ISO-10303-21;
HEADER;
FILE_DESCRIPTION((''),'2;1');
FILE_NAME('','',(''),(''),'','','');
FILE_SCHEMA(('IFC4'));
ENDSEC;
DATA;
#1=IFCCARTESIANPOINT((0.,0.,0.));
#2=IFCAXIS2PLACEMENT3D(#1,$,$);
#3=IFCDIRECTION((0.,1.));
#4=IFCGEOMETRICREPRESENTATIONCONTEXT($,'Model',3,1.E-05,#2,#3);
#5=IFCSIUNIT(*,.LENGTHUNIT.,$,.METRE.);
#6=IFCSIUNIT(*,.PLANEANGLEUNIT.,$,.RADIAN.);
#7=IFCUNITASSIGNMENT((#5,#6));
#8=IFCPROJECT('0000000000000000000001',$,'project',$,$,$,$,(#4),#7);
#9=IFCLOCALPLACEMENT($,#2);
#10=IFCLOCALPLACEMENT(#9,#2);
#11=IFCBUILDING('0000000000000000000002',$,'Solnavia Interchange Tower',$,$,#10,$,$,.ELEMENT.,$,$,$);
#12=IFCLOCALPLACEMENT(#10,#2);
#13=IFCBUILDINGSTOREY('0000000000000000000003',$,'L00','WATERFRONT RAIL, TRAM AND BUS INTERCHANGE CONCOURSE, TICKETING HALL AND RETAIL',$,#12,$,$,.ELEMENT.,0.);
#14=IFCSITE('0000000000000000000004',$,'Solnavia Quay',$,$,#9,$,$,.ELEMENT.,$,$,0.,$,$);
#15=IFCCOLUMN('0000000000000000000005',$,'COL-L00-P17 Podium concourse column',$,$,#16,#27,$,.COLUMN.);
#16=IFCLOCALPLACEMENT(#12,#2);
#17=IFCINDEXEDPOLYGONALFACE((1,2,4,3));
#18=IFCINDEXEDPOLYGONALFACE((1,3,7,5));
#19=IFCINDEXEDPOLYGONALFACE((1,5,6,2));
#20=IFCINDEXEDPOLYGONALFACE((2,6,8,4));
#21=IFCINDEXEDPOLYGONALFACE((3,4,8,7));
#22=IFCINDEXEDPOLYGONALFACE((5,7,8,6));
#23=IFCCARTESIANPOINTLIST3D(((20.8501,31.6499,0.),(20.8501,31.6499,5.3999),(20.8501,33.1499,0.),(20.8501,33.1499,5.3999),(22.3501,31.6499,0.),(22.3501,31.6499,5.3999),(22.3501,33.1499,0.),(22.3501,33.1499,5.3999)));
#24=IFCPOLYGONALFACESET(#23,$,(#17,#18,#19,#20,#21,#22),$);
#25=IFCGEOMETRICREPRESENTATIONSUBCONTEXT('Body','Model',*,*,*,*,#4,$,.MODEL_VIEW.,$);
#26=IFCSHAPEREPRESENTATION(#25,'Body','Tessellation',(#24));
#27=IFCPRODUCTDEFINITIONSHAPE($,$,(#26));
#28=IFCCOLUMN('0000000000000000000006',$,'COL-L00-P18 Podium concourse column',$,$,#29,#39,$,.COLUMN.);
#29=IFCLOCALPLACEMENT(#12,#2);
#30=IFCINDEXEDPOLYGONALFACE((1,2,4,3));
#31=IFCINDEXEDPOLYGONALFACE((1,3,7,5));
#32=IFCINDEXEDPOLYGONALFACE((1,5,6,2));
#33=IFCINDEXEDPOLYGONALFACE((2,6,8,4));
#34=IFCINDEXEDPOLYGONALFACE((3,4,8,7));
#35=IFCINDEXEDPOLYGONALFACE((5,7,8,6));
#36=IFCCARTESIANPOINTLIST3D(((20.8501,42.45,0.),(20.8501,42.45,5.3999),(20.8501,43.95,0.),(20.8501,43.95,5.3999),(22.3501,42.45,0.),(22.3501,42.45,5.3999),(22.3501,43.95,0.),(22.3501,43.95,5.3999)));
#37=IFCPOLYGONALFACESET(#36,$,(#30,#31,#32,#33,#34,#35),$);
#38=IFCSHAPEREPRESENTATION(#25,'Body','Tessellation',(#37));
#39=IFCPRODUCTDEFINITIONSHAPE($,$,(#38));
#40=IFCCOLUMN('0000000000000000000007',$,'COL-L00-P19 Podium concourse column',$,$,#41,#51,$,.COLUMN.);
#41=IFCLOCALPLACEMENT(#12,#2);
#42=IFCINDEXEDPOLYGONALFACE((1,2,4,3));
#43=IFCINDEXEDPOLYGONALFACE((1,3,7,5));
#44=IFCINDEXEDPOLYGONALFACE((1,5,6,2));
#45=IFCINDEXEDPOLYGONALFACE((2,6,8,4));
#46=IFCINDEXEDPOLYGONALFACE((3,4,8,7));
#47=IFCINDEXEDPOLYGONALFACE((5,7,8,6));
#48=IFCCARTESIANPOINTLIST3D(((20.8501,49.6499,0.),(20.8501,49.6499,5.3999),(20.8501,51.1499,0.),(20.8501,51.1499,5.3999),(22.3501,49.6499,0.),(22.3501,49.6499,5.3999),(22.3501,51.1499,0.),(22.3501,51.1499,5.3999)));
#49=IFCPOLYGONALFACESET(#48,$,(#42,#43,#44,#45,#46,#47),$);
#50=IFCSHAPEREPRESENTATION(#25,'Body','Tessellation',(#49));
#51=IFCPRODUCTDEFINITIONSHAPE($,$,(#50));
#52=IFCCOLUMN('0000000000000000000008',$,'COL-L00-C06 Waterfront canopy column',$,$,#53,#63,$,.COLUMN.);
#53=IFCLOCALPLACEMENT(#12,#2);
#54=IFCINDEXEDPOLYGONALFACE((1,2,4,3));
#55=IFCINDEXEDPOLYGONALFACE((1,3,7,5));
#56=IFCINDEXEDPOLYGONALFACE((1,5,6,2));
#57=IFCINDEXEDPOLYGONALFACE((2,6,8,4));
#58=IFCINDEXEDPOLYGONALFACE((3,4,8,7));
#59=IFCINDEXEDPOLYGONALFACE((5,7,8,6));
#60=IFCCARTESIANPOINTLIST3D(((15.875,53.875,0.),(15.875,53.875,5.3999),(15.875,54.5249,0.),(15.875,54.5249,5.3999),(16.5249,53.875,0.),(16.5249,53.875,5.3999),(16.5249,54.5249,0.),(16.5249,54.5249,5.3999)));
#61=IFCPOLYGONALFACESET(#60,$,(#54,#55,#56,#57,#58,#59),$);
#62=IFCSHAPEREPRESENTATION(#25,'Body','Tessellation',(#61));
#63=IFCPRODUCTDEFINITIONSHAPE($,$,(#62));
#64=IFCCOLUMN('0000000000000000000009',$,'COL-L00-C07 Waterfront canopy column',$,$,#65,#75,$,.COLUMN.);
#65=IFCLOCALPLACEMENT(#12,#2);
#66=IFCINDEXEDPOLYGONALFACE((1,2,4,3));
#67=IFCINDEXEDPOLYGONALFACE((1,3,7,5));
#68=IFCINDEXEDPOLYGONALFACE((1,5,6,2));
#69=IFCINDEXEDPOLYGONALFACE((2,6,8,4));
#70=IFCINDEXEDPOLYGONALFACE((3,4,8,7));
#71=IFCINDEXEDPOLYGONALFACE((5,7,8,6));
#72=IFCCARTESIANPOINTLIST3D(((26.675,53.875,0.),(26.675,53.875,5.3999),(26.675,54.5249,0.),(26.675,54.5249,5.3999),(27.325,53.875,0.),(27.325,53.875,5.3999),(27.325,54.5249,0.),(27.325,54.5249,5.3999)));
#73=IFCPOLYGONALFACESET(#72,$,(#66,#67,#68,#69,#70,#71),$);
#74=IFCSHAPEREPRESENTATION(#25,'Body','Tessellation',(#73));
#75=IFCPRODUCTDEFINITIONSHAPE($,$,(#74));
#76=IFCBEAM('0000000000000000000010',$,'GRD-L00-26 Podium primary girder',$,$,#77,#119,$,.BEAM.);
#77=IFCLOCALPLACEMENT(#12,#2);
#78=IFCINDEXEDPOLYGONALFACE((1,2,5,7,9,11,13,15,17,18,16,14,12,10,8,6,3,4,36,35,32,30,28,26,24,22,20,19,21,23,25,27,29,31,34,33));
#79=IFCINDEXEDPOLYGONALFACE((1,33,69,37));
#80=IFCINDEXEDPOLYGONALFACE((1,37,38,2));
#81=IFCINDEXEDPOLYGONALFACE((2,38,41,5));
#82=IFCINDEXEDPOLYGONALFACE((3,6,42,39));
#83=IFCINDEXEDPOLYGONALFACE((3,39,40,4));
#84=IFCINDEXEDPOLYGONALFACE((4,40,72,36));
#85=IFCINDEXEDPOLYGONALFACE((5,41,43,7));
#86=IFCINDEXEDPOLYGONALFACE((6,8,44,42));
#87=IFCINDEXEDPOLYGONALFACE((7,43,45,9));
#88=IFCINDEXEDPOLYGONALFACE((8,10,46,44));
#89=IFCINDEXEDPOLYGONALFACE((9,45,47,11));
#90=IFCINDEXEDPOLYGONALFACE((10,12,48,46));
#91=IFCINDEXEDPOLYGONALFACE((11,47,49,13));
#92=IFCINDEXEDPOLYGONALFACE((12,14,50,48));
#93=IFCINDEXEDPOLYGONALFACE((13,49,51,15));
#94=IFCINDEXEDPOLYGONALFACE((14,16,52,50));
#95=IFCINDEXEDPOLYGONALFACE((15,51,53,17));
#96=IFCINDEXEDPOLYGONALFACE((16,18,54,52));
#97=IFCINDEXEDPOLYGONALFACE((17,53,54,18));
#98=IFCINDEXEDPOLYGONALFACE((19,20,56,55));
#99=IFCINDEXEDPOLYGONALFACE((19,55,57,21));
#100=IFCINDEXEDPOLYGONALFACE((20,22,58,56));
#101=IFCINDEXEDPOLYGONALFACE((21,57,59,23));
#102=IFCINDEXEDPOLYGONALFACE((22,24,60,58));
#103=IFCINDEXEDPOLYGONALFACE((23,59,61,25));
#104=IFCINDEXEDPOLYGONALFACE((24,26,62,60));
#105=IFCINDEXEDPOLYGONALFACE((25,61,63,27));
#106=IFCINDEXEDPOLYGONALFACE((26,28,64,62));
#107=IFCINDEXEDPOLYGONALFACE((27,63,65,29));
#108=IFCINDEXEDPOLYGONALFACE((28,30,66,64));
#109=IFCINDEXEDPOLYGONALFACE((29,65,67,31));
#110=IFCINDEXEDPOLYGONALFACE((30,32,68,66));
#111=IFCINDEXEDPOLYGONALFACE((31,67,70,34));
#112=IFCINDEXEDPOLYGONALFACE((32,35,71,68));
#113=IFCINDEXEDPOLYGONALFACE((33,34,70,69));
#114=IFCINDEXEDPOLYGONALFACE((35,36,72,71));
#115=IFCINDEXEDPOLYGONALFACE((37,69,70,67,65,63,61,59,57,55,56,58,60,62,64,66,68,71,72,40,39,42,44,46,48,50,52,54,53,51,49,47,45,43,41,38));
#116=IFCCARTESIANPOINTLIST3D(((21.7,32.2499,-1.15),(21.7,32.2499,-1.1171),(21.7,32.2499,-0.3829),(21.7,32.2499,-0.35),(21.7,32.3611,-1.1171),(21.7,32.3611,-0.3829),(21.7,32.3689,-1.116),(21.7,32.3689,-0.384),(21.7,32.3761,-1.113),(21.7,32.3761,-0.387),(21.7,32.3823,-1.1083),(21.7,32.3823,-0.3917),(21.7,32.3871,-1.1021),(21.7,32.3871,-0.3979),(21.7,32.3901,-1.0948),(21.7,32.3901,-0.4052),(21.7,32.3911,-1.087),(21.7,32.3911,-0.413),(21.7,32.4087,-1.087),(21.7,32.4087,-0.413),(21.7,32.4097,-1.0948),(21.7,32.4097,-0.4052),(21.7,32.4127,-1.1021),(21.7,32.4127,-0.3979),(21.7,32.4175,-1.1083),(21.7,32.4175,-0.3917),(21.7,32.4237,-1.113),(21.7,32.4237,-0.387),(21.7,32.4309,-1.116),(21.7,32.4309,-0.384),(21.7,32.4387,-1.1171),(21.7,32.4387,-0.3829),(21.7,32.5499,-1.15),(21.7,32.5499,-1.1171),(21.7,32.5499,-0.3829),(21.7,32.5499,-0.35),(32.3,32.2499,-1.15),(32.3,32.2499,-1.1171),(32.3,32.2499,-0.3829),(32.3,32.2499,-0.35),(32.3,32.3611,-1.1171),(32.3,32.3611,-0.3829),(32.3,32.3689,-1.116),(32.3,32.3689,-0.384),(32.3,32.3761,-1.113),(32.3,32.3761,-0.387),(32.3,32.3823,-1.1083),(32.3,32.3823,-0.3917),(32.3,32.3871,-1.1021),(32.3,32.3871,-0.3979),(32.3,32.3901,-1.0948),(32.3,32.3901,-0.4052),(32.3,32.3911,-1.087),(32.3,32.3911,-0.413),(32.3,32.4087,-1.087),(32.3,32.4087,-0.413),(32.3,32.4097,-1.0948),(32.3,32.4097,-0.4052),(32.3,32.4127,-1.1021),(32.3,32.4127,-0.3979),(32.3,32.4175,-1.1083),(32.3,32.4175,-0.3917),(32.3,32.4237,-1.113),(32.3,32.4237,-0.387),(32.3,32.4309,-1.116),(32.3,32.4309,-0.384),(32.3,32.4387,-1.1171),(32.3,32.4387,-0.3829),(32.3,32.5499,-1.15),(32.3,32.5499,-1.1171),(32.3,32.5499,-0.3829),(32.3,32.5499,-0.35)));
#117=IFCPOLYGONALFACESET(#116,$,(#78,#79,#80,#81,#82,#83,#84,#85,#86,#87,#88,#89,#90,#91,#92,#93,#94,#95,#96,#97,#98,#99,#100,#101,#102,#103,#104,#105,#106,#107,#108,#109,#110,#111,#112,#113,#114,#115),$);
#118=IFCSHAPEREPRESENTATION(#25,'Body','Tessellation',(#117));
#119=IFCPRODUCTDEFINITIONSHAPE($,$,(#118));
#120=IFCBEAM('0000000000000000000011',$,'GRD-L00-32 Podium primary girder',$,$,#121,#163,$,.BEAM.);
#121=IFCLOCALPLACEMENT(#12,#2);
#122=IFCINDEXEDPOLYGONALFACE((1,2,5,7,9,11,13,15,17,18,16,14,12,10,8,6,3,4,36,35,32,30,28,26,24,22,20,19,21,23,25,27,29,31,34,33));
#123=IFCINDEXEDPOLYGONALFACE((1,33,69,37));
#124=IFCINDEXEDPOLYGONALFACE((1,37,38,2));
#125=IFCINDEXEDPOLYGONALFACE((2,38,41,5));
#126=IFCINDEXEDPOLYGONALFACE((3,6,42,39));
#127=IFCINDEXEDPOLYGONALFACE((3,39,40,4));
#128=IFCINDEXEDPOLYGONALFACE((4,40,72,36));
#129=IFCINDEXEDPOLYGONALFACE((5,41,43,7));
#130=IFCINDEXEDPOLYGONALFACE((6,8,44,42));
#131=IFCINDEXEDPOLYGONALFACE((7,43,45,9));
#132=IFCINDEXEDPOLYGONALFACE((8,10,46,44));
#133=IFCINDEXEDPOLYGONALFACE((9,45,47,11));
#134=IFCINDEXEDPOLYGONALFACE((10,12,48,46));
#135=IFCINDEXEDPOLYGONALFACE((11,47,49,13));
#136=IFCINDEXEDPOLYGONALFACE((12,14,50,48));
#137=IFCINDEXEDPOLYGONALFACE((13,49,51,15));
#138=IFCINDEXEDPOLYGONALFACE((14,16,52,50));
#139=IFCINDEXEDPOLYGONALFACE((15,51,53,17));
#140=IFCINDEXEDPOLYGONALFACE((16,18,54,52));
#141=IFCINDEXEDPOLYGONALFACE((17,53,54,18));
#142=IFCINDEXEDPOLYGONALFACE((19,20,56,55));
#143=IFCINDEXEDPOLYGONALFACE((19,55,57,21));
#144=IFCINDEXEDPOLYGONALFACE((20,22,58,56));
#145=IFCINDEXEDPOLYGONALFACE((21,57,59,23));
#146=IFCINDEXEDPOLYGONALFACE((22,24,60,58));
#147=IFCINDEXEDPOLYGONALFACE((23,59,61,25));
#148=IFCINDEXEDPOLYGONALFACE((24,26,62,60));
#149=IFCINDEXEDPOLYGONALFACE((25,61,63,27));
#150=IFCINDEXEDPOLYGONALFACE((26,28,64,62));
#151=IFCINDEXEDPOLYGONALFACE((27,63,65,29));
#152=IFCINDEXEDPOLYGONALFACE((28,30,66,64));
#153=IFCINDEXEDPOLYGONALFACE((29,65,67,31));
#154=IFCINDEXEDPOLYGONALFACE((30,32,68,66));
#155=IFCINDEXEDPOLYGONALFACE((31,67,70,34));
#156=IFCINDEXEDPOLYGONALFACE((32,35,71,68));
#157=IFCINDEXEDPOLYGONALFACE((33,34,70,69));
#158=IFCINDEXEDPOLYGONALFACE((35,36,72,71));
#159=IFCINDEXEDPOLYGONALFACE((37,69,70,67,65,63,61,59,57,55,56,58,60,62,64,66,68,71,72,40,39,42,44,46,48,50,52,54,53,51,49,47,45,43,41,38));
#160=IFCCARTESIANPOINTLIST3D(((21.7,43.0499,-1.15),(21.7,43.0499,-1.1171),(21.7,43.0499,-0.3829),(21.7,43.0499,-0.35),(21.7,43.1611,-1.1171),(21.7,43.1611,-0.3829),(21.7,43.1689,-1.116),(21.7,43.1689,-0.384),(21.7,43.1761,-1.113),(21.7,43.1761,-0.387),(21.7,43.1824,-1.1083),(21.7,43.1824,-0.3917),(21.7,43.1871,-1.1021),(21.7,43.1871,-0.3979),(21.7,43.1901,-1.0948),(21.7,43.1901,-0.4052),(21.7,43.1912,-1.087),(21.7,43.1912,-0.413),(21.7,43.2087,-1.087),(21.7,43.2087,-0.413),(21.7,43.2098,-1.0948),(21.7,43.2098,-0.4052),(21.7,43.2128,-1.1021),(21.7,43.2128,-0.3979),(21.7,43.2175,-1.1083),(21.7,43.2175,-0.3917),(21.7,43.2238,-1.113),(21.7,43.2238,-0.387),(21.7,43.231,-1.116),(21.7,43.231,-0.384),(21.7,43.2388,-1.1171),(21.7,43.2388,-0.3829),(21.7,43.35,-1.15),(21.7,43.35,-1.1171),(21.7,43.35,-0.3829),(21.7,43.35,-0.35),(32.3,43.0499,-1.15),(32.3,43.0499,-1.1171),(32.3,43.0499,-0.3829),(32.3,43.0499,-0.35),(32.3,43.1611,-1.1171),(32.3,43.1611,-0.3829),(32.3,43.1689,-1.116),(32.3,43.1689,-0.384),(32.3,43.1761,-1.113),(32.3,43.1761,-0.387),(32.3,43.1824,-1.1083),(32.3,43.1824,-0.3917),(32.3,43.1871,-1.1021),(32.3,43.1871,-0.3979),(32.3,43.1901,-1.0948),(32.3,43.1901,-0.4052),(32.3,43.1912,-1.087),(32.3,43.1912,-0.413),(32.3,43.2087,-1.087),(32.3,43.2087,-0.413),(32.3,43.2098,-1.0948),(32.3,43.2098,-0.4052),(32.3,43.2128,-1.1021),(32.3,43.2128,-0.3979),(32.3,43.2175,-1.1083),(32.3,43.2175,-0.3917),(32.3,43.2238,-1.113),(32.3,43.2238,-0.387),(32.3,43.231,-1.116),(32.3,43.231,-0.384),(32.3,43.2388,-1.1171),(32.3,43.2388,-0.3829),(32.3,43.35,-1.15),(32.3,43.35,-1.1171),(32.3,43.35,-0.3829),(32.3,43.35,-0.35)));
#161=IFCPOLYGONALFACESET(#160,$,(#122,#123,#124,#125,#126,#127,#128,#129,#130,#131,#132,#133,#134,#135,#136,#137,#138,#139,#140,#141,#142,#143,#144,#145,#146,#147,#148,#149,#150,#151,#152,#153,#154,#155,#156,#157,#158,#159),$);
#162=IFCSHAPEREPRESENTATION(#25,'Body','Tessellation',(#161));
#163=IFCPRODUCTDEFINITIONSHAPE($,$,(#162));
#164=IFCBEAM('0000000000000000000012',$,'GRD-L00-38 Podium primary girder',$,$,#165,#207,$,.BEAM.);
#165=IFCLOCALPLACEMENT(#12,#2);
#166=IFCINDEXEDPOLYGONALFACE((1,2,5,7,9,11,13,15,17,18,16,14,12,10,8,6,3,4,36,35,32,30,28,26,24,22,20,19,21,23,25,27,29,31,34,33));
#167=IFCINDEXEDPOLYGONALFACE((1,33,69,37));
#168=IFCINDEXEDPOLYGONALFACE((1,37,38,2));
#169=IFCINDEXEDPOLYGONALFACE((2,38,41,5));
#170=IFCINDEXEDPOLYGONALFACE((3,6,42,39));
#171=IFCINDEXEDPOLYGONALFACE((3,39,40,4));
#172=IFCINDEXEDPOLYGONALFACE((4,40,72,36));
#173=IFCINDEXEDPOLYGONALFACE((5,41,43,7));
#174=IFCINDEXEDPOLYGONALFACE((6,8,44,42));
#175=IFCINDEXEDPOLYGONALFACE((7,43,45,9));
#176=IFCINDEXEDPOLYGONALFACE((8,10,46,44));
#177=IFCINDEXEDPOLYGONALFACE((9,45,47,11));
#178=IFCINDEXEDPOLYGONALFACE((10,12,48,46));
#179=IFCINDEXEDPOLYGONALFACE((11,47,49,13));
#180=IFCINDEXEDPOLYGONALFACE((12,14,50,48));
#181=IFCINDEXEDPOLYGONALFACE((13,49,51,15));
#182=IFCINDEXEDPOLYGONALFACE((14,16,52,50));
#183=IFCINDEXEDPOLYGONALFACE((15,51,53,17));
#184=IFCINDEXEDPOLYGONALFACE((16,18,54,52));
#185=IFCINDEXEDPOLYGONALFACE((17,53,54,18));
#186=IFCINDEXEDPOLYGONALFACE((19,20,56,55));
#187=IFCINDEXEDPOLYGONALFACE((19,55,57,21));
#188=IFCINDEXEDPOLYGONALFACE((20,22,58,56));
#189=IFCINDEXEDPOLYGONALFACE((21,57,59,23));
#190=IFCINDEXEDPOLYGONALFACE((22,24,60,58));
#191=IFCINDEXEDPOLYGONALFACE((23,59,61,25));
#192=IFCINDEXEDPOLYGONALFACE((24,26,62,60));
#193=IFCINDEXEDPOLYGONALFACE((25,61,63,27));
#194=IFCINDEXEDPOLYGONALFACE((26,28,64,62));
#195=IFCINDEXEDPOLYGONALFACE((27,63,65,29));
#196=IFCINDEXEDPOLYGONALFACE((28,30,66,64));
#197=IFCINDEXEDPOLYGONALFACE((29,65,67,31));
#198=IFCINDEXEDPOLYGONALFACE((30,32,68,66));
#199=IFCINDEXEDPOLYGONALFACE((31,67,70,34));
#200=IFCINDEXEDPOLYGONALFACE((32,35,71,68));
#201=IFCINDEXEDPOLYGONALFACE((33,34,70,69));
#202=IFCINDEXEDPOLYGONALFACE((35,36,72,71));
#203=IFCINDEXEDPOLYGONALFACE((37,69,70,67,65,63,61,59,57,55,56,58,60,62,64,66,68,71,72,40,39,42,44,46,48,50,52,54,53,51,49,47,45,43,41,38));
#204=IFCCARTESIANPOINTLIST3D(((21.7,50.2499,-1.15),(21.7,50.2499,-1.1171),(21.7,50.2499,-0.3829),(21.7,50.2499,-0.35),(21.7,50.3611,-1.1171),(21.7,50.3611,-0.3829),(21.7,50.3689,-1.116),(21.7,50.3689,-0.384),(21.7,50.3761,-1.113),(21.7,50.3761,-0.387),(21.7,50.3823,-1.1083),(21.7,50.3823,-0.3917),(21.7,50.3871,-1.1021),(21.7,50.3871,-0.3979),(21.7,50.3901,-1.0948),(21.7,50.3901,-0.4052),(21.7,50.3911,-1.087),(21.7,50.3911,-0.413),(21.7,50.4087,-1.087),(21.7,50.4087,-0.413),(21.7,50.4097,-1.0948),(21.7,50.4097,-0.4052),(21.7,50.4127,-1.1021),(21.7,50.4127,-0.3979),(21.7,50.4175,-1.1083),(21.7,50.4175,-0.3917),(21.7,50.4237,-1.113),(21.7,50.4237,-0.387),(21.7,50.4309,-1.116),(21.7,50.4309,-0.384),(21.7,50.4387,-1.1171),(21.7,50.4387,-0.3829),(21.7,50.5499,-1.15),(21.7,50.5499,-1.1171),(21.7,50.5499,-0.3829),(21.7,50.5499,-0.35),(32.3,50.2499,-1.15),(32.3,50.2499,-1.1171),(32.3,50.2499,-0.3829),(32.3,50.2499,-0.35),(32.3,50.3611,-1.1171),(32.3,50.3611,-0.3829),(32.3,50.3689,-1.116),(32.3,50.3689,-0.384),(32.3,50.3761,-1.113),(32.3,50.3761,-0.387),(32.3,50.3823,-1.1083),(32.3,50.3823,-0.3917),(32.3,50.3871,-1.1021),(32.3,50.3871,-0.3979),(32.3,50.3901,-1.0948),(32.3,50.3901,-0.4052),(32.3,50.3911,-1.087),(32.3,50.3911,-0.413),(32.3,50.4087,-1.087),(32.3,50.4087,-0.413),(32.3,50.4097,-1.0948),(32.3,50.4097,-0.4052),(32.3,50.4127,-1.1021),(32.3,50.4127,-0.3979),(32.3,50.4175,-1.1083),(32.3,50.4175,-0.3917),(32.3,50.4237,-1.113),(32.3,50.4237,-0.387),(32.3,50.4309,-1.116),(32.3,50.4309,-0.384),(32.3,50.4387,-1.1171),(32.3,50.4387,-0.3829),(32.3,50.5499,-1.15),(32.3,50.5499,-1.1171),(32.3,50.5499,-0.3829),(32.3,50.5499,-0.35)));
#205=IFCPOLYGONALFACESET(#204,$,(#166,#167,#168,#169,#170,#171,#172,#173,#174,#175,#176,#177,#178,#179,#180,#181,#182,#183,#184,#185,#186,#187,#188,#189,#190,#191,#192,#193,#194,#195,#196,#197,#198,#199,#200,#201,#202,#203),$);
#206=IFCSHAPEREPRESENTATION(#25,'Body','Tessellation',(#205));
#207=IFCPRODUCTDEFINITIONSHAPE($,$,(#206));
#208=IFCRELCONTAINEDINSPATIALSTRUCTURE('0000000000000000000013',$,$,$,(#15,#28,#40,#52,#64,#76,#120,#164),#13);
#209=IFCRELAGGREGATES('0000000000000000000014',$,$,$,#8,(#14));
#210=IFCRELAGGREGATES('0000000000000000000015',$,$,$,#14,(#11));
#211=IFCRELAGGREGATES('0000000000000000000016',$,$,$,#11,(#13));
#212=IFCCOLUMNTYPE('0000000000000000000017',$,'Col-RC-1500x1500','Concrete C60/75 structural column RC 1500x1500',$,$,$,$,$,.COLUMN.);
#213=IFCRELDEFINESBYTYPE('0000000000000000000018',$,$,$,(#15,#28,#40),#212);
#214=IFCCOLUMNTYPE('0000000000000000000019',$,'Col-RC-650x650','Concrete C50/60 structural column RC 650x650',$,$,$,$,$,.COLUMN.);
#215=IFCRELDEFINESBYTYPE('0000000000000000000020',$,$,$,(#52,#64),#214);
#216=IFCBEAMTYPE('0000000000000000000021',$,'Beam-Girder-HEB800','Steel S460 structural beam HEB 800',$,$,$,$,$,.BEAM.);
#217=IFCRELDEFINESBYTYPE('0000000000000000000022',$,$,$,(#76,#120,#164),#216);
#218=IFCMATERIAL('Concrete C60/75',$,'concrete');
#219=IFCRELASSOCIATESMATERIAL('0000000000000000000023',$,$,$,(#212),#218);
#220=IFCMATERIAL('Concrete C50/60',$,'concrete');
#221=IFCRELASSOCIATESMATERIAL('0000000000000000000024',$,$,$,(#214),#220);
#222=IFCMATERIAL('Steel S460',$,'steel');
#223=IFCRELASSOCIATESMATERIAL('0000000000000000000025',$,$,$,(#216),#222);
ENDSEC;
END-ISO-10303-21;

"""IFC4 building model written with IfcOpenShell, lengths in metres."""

from ifc_helpers import new_model, si_unit, direction, frame, origin, origin_2d, place, context, subcontext, project, spatial, rectangle, i_section, extrude, material, material_profile, profile_set, type_object, element, save


model = new_model("IFC4")

# Units and contexts
model_context = context("Model", 3, precision=1e-05, world=origin(), true_north=direction((0.0, 1.0)))
body_context = subcontext(model_context, "Body", "Model", "MODEL_VIEW")
ifc_project = project(units=[si_unit("LENGTHUNIT", "METRE"), si_unit("PLANEANGLEUNIT", "RADIAN")], contexts=[model_context])

# Site, building, storey
site_placement = place(None, origin())
site = spatial("IfcSite", under=ifc_project, at=site_placement, Name="Solnavia Quay", CompositionType="ELEMENT", RefElevation=0.0)
building_placement = place(site_placement, origin())
building = spatial("IfcBuilding", under=site, at=building_placement, Name="Solnavia Interchange Tower", CompositionType="ELEMENT")
storey_placement = place(building_placement, origin())
storey = spatial("IfcBuildingStorey", under=building, at=storey_placement, Name="L00", Description="WATERFRONT RAIL, TRAM AND BUS INTERCHANGE CONCOURSE, TICKETING HALL AND RETAIL", CompositionType="ELEMENT", Elevation=0.0)

# Columns
ifc_material_1 = material(Name="Concrete C60/75", Category="concrete")
ifc_material_profile_1 = material_profile(ifc_material_1, rectangle(XDim=1.5, YDim=1.5, at=origin_2d()), Name="RC 1500x1500")
ifc_profile_set_1 = profile_set([ifc_material_profile_1], Name="Concrete C60/75")
column_type_1 = type_object("IfcColumnType", Name="Col-RC-1500x1500", Description="Concrete C60/75 structural column RC 1500x1500", PredefinedType="COLUMN", material=ifc_profile_set_1)
for number, where, z_axis, x_axis, name in (
    (1, (21.6001, 32.3999, 0.0), (0.0, 0.0, 1.0), (1.0, 0.0, 0.0), "COL-L00-P17 Podium concourse column"),
    (2, (21.6001, 43.2, 0.0), (0.0, 0.0, 1.0), (1.0, 0.0, 0.0), "COL-L00-P18 Podium concourse column"),
    (3, (21.6001, 50.3999, 0.0), (0.0, 0.0, 1.0), (1.0, 0.0, 0.0), "COL-L00-P19 Podium concourse column"),
):
    element("IfcColumn", number, at=place(storey_placement, frame(where, z_axis=z_axis, x_axis=x_axis)), inside=storey, type_object=column_type_1, Name=name, PredefinedType="COLUMN", context=body_context, shape_type="SweptSolid", body=[
        extrude(rectangle(XDim=1.5, YDim=1.5, at=origin_2d()), origin(), (0.0, 0.0, 1.0), 5.3999),
    ])
ifc_material_2 = material(Name="Concrete C50/60", Category="concrete")
ifc_material_profile_2 = material_profile(ifc_material_2, rectangle(XDim=0.6499, YDim=0.6499, at=origin_2d()), Name="RC 650x650")
ifc_profile_set_2 = profile_set([ifc_material_profile_2], Name="Concrete C50/60")
column_type_2 = type_object("IfcColumnType", Name="Col-RC-650x650", Description="Concrete C50/60 structural column RC 650x650", PredefinedType="COLUMN", material=ifc_profile_set_2)
for number, where, z_axis, x_axis, name in (
    (4, (16.2, 54.2, 0.0), (0.0, 0.0, 1.0), (1.0, 0.0, 0.0), "COL-L00-C06 Waterfront canopy column"),
    (5, (27.0, 54.2, 0.0), (0.0, 0.0, 1.0), (1.0, 0.0, 0.0), "COL-L00-C07 Waterfront canopy column"),
):
    element("IfcColumn", number, at=place(storey_placement, frame(where, z_axis=z_axis, x_axis=x_axis)), inside=storey, type_object=column_type_2, Name=name, PredefinedType="COLUMN", context=body_context, shape_type="SweptSolid", body=[
        extrude(rectangle(XDim=0.6499, YDim=0.6499, at=origin_2d()), origin(), (0.0, 0.0, 1.0), 5.3999),
    ])

# Beams
ifc_material_3 = material(Name="Steel S460", Category="steel")
ifc_material_profile_3 = material_profile(ifc_material_3, i_section(OverallWidth=0.3, OverallDepth=0.8, WebThickness=0.0176, FlangeThickness=0.033, FilletRadius=0.03, at=origin_2d()), Name="HEB 800")
ifc_profile_set_3 = profile_set([ifc_material_profile_3], Name="Steel S460")
beam_type_1 = type_object("IfcBeamType", Name="Beam-Girder-HEB800", Description="Steel S460 structural beam HEB 800", PredefinedType="BEAM", material=ifc_profile_set_3)
for number, where, z_axis, x_axis, name in (
    (6, (21.7, 32.3999, -0.75), (1.0, 0.0, 0.0), (0.0, 1.0, 0.0), "GRD-L00-26 Podium primary girder"),
    (7, (21.7, 43.2, -0.75), (1.0, 0.0, 0.0), (0.0, 1.0, 0.0), "GRD-L00-32 Podium primary girder"),
    (8, (21.7, 50.3999, -0.75), (1.0, 0.0, 0.0), (0.0, 1.0, 0.0), "GRD-L00-38 Podium primary girder"),
):
    element("IfcBeam", number, at=place(storey_placement, frame(where, z_axis=z_axis, x_axis=x_axis)), inside=storey, type_object=beam_type_1, Name=name, PredefinedType="BEAM", context=body_context, shape_type="SweptSolid", body=[
        extrude(i_section(OverallWidth=0.3, OverallDepth=0.8, WebThickness=0.0176, FlangeThickness=0.033, FilletRadius=0.03, at=origin_2d()), origin(), (0.0, 0.0, 1.0), 10.6001),
    ])

save(model, "model.ifc")
